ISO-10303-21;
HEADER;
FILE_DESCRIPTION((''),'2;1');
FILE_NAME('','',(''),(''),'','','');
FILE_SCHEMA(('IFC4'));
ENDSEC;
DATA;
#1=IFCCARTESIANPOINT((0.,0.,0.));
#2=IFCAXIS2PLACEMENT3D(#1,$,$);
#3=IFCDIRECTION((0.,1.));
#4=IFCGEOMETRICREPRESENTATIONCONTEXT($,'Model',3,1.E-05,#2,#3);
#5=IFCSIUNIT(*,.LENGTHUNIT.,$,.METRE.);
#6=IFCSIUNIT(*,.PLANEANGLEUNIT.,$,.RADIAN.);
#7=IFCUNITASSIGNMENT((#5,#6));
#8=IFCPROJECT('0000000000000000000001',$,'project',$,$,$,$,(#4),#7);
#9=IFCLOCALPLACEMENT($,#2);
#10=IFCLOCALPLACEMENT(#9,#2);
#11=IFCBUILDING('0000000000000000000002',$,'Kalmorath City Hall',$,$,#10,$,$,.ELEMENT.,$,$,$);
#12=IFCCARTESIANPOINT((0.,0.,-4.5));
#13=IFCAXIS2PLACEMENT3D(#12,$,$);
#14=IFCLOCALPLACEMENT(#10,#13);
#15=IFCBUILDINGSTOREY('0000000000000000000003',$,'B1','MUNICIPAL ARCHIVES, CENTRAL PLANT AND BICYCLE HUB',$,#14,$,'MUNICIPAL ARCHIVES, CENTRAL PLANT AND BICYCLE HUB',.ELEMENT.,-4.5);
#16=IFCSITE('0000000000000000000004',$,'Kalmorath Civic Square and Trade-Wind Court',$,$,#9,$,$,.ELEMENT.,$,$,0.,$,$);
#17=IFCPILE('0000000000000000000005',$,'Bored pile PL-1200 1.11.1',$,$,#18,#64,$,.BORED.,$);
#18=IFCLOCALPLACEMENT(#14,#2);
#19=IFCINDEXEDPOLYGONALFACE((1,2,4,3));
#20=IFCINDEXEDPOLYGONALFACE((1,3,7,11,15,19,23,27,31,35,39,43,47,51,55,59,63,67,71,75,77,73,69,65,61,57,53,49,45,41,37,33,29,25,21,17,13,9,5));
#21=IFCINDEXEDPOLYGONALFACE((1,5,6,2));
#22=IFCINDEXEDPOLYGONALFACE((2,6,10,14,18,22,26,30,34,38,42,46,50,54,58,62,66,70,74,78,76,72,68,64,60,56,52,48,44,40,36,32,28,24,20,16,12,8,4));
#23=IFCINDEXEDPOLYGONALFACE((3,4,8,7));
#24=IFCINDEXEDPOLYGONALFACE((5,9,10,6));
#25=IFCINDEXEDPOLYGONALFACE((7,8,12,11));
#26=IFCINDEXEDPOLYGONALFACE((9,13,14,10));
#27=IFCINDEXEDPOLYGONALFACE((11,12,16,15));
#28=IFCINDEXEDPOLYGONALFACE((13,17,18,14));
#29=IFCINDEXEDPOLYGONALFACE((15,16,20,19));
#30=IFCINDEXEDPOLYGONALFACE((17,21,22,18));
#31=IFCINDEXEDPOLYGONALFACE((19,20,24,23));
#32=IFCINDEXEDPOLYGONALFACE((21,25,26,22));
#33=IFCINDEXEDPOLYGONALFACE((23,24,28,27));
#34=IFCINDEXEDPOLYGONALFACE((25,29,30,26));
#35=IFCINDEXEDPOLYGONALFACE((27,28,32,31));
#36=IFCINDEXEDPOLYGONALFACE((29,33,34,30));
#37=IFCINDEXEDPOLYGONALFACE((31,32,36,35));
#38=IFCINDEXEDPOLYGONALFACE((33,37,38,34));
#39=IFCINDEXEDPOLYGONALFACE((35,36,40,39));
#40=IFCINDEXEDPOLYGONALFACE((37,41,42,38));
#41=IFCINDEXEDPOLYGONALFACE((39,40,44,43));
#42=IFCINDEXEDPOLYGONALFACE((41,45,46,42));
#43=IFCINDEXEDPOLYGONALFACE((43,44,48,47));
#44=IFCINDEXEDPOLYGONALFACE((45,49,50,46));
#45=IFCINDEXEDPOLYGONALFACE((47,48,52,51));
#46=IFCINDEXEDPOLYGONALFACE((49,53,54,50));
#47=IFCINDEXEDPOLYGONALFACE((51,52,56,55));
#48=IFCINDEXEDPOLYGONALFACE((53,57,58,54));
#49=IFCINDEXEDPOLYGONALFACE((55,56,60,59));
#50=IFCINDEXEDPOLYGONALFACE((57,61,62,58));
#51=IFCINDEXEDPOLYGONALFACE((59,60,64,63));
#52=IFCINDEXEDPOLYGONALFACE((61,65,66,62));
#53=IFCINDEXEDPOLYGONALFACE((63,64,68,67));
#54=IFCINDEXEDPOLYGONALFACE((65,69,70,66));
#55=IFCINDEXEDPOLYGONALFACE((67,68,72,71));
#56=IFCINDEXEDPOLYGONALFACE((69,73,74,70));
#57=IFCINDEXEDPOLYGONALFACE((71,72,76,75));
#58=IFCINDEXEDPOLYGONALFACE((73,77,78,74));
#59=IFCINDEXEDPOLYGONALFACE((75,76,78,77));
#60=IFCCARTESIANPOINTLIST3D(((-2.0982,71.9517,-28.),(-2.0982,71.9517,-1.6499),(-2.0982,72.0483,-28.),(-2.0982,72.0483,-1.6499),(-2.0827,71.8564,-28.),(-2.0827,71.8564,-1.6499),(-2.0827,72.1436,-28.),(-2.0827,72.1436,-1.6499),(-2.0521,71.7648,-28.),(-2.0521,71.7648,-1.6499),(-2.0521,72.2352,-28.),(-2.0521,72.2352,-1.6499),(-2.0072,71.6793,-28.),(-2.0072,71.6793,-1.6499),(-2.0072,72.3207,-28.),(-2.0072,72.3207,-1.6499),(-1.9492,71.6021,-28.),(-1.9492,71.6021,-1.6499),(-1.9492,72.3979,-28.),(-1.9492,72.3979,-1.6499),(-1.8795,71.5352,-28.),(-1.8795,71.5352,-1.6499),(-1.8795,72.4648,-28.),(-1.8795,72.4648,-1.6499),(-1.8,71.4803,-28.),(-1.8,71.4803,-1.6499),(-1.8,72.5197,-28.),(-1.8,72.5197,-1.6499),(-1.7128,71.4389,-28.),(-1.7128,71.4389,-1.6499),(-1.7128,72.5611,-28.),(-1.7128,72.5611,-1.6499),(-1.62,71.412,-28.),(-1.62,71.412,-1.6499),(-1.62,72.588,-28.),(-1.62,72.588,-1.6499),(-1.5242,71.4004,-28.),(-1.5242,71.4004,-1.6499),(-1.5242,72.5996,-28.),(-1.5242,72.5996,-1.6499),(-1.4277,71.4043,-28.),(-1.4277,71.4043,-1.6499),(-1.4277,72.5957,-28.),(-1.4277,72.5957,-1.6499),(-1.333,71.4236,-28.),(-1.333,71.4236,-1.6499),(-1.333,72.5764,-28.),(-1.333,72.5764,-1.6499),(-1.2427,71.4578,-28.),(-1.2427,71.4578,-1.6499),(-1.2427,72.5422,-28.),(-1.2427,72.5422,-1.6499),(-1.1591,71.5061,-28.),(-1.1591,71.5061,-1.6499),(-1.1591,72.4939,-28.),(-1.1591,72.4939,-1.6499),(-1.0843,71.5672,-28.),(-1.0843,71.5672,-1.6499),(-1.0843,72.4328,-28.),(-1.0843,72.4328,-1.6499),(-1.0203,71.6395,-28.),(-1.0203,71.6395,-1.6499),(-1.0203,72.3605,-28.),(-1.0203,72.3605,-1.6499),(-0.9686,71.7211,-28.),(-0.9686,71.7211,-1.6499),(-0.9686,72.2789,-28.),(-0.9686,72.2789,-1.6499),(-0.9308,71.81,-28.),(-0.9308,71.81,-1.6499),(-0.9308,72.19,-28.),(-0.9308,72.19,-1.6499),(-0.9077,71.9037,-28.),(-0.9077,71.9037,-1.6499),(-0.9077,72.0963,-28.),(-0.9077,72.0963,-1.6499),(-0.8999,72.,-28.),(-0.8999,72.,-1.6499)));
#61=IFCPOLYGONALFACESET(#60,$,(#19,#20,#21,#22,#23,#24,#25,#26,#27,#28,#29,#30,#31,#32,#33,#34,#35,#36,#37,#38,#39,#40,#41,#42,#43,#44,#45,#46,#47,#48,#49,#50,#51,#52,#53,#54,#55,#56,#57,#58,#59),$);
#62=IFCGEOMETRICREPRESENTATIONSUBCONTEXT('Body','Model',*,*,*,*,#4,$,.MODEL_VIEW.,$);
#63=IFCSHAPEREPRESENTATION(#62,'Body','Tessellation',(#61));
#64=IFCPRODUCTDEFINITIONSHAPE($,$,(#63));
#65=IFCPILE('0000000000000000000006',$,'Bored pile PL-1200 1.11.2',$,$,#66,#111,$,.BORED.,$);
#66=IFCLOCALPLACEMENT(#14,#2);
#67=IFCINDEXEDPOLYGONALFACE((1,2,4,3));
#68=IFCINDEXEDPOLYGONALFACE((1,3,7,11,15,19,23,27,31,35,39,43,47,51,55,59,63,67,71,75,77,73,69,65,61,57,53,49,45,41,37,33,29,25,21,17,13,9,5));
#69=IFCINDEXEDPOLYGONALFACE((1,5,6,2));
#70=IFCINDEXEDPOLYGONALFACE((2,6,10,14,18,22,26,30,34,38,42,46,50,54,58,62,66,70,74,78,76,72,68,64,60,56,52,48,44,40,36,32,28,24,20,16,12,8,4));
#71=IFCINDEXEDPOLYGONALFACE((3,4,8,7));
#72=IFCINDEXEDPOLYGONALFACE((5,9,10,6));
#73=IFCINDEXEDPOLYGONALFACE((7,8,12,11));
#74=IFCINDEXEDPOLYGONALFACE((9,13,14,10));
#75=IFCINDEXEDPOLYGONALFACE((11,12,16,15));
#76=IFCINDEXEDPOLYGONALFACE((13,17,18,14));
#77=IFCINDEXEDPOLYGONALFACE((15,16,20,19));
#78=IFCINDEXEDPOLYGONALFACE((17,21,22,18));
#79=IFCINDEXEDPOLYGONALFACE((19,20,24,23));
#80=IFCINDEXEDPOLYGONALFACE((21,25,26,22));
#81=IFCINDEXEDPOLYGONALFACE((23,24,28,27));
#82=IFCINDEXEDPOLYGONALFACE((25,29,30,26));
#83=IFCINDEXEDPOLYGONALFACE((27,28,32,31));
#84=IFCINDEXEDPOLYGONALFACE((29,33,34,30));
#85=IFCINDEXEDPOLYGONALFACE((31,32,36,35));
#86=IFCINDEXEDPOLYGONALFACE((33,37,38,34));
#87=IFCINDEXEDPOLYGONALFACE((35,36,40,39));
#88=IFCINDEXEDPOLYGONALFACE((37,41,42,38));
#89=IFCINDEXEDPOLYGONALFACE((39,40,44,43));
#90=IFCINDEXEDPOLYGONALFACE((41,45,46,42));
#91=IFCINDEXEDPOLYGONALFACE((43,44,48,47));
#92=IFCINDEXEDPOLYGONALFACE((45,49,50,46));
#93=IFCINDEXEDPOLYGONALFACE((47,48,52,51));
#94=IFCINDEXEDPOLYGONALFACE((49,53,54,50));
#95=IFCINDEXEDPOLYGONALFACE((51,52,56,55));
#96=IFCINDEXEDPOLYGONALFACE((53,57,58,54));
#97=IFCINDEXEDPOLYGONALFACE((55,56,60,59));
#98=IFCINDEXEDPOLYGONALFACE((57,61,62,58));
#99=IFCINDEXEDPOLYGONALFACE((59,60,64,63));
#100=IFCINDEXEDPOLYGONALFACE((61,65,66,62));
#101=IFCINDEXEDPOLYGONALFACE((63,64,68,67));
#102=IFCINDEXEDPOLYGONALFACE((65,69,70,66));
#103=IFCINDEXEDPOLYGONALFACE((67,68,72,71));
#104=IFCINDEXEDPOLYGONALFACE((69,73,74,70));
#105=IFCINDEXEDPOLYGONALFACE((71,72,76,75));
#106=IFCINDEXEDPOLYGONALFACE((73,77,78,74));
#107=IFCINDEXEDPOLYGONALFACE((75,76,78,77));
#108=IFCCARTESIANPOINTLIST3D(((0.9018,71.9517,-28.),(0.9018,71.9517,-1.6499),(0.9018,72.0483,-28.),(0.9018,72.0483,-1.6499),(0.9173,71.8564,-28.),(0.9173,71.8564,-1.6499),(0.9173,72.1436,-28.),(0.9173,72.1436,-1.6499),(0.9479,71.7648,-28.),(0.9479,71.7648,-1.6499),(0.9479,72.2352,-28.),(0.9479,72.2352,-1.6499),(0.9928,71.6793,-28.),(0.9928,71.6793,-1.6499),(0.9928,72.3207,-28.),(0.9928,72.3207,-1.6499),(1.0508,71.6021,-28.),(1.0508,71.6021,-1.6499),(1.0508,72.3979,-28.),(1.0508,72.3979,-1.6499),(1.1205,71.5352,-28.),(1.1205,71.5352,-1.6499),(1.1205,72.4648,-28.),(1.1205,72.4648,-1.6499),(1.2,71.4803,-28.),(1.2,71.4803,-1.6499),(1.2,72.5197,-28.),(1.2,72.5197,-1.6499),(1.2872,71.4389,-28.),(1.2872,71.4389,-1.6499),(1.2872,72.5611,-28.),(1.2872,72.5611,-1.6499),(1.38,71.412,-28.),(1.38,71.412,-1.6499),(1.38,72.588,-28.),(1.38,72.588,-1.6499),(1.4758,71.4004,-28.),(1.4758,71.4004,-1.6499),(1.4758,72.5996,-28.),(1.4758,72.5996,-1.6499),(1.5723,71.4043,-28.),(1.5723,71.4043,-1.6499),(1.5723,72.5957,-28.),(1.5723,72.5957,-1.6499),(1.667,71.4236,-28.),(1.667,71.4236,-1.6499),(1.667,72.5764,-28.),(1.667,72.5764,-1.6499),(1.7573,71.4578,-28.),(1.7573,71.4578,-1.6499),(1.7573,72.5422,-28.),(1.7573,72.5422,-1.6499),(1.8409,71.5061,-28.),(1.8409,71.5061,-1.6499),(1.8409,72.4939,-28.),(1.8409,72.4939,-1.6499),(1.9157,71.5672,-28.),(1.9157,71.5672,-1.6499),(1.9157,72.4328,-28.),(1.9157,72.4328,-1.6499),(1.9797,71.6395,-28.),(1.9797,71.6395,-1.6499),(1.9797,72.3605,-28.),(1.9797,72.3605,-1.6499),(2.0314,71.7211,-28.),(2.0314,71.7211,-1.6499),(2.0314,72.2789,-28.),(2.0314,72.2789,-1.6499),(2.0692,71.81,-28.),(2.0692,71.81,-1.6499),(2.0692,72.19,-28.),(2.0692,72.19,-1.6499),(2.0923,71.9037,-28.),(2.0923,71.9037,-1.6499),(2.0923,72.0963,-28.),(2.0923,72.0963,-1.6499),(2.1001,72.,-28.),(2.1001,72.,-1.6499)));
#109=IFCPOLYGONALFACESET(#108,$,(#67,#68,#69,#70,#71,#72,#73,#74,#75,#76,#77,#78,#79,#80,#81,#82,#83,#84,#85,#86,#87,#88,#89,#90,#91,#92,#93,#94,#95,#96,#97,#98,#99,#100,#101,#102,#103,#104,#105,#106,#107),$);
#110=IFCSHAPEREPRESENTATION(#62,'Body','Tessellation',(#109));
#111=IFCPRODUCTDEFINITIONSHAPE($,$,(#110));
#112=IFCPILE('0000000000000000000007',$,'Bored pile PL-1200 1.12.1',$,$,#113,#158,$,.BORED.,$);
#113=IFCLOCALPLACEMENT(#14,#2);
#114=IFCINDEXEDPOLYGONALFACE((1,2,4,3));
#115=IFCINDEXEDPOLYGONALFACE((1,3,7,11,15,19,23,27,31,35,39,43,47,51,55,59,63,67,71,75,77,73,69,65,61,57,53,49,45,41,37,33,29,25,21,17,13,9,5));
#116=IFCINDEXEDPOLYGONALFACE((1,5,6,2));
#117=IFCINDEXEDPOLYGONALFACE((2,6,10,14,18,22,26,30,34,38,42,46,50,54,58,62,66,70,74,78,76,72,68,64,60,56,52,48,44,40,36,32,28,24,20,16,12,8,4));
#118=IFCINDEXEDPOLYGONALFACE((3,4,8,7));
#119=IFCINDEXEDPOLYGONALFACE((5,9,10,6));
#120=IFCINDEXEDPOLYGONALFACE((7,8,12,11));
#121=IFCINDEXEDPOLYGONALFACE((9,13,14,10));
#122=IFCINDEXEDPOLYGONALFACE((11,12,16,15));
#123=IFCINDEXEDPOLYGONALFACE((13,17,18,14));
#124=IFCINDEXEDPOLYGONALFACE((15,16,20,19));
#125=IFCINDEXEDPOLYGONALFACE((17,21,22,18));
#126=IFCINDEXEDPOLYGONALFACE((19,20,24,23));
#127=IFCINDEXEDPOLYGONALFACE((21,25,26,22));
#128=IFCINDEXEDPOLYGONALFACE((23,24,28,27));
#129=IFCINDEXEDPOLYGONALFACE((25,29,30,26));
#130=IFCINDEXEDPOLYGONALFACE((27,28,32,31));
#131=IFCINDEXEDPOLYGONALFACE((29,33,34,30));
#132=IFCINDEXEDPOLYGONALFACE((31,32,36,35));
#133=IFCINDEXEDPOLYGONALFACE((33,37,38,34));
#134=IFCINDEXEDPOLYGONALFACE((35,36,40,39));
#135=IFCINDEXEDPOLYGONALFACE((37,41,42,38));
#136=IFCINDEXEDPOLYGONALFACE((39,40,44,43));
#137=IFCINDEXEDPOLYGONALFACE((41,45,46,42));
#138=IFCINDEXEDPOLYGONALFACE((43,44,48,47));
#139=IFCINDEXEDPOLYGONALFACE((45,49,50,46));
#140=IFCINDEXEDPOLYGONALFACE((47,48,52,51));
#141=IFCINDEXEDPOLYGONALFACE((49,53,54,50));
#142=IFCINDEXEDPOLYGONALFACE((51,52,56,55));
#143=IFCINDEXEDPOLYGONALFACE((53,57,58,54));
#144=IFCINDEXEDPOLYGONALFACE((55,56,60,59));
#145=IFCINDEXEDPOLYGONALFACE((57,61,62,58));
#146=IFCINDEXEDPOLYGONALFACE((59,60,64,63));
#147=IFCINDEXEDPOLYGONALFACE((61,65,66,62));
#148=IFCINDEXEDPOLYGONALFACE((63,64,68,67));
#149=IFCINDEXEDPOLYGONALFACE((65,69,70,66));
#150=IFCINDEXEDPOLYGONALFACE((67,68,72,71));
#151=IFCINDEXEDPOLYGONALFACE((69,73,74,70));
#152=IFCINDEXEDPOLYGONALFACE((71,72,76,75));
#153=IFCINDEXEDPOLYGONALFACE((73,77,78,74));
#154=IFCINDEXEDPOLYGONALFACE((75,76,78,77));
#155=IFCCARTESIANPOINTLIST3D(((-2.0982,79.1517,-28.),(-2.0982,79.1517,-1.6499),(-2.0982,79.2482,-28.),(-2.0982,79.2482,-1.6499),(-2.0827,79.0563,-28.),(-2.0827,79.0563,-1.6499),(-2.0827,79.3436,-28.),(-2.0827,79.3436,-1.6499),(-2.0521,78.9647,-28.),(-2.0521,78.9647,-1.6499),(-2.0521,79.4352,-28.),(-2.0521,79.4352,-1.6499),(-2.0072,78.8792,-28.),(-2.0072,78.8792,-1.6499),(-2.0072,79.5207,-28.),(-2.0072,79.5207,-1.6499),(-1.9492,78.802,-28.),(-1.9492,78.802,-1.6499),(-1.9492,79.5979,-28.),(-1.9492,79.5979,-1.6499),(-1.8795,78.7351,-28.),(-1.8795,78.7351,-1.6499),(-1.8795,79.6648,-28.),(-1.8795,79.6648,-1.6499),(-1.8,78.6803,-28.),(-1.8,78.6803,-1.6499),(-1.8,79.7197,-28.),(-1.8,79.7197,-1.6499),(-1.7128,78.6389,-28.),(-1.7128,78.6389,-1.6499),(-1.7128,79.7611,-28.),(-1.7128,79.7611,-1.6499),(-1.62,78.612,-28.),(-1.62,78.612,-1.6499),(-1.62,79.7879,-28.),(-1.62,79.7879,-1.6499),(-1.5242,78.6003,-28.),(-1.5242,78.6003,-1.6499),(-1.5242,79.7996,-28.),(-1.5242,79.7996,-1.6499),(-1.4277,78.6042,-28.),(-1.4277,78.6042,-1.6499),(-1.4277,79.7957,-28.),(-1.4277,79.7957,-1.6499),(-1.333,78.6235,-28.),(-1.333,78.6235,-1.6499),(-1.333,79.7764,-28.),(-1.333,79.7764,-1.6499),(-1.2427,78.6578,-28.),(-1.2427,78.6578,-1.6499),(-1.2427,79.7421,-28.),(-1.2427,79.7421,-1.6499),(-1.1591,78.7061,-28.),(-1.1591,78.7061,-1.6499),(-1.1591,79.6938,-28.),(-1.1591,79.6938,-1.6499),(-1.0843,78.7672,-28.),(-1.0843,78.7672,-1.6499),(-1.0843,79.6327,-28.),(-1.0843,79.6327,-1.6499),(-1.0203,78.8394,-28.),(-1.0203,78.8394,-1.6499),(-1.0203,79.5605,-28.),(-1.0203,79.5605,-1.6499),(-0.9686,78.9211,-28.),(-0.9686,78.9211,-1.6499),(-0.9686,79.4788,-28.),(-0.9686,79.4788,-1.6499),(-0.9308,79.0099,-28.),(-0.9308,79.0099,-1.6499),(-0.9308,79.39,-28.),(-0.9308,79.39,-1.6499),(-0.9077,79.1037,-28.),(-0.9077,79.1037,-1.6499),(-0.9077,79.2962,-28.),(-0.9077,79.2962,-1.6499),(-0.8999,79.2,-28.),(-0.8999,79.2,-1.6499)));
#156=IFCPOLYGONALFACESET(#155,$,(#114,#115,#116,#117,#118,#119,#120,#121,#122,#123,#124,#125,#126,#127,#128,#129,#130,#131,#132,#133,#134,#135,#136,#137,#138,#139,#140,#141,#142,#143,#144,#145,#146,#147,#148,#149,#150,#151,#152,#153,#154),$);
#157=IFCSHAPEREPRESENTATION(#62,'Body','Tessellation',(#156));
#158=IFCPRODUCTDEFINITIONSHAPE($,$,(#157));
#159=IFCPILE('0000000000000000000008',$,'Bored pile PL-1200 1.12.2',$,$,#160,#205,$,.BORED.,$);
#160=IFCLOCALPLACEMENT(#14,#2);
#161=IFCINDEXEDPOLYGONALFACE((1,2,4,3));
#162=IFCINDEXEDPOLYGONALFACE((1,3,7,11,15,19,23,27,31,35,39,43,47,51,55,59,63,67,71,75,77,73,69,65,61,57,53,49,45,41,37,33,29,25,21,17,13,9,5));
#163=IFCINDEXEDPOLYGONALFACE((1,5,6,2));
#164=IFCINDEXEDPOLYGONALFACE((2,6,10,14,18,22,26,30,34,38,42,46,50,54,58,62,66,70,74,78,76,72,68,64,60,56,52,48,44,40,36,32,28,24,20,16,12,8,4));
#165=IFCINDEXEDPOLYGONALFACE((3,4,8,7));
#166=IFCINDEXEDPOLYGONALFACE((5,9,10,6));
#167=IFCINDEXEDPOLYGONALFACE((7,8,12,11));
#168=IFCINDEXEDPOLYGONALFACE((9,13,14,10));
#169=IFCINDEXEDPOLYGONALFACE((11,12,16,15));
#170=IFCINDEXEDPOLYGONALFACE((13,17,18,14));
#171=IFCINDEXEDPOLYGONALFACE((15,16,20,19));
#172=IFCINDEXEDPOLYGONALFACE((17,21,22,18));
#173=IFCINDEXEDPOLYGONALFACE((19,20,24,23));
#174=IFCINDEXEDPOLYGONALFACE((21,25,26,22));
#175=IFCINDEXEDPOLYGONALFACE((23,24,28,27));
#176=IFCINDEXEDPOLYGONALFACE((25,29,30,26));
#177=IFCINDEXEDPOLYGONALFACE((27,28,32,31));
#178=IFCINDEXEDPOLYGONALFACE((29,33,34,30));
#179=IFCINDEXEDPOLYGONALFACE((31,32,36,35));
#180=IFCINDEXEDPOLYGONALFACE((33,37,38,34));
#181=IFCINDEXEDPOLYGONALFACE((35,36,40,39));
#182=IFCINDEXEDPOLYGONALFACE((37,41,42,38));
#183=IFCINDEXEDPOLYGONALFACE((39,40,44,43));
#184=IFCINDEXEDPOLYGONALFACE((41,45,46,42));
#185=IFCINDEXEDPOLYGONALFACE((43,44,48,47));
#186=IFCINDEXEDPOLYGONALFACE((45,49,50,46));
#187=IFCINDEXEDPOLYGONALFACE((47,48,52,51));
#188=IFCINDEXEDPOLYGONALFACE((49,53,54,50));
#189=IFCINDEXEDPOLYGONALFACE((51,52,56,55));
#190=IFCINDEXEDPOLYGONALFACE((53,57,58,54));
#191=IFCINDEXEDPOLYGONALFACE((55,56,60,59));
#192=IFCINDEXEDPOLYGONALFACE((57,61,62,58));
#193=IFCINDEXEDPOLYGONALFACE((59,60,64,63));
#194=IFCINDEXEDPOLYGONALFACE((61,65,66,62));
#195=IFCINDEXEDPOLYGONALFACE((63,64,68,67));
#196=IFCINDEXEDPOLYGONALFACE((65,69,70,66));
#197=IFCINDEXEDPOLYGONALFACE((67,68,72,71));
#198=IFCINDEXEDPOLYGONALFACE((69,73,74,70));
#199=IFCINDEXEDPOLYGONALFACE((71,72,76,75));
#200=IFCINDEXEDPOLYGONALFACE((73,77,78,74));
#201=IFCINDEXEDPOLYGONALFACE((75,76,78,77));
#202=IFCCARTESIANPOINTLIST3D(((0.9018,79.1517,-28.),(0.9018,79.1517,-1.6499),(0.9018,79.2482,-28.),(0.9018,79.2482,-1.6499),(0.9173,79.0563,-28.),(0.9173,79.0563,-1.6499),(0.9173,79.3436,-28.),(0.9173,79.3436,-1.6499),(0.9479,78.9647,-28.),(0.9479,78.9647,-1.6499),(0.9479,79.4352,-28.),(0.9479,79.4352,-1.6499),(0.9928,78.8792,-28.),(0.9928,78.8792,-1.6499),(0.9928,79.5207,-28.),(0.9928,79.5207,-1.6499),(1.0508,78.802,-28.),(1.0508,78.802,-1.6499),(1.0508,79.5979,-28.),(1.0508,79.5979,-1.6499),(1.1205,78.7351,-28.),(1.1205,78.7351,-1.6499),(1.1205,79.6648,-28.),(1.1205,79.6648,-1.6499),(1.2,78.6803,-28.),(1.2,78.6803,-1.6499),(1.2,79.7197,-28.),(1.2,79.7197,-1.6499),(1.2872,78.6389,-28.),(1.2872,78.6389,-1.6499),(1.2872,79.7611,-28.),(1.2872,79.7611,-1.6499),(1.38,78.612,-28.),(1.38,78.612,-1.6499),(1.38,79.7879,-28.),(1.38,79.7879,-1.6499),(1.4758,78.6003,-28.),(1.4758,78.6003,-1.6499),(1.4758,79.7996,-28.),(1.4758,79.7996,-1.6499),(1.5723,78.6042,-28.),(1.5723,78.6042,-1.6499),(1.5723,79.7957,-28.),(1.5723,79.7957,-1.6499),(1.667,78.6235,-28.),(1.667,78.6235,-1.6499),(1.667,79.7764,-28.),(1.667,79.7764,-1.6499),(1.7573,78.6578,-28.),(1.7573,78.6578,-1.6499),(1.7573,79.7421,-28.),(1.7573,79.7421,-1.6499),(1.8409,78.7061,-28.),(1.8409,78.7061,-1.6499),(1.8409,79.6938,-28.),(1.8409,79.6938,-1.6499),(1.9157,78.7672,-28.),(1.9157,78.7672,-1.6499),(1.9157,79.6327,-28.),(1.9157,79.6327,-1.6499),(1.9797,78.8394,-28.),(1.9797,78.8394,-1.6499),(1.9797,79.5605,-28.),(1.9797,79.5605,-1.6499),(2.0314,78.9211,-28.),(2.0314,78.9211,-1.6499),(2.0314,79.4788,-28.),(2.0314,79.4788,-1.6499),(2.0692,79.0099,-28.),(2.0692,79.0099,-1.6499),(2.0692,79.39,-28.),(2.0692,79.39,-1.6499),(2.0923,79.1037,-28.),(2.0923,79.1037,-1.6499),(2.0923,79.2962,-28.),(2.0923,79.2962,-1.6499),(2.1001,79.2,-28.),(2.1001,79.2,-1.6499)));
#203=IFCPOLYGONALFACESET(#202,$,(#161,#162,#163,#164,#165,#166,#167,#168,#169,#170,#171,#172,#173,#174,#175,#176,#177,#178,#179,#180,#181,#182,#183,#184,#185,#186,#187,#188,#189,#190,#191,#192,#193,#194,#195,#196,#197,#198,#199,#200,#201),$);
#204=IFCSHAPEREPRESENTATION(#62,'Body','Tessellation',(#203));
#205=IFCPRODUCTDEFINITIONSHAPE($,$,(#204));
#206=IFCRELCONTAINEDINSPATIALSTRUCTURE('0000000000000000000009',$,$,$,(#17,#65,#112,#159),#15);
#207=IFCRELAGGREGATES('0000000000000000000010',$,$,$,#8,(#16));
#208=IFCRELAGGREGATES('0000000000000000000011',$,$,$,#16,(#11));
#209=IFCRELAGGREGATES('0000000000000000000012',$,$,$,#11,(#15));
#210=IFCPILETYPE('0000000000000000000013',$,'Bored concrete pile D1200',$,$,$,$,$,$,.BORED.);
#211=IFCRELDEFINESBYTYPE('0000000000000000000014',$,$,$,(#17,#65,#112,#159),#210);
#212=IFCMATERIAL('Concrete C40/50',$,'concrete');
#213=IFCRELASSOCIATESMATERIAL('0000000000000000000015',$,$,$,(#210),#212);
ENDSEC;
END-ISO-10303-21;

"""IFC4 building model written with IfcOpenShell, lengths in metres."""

from ifc_helpers import new_model, si_unit, direction, frame, origin, origin_2d, place, context, subcontext, project, spatial, circle, extrude, material, material_profile, profile_set, type_object, element, save


model = new_model("IFC4")

# Units and contexts
model_context = context("Model", 3, precision=1e-05, world=origin(), true_north=direction((0.0, 1.0)))
body_context = subcontext(model_context, "Body", "Model", "MODEL_VIEW")
ifc_project = project(units=[si_unit("LENGTHUNIT", "METRE"), si_unit("PLANEANGLEUNIT", "RADIAN")], contexts=[model_context])

# Site, building, storey
site_placement = place(None, origin())
site = spatial("IfcSite", under=ifc_project, at=site_placement, Name="Kalmorath Civic Square and Trade-Wind Court", CompositionType="ELEMENT", RefElevation=0.0)
building_placement = place(site_placement, origin())
building = spatial("IfcBuilding", under=site, at=building_placement, Name="Kalmorath City Hall", CompositionType="ELEMENT")
storey_placement = place(building_placement, frame((0.0, 0.0, -4.5)))
storey = spatial("IfcBuildingStorey", under=building, at=storey_placement, Name="B1", Description="MUNICIPAL ARCHIVES, CENTRAL PLANT AND BICYCLE HUB", LongName="MUNICIPAL ARCHIVES, CENTRAL PLANT AND BICYCLE HUB", CompositionType="ELEMENT", Elevation=-4.5)

# Piles
ifc_material_1 = material(Name="Concrete C40/50", Category="concrete")
ifc_material_profile_1 = material_profile(ifc_material_1, circle(Radius=0.6001, at=origin_2d()), Name="PILE-D1200")
ifc_profile_set_1 = profile_set([ifc_material_profile_1], Name="Concrete C40/50")
pile_type_1 = type_object("IfcPileType", Name="Bored concrete pile D1200", PredefinedType="BORED", material=ifc_profile_set_1)
for number, where, z_axis, x_axis, name in (
    (1, (-1.5, 72.0, -1.6499), (0.0, 0.0, -1.0), (1.0, 0.0, 0.0), "Bored pile PL-1200 1.11.1"),
    (2, (1.5, 72.0, -1.6499), (0.0, 0.0, -1.0), (1.0, 0.0, 0.0), "Bored pile PL-1200 1.11.2"),
    (3, (-1.5, 79.2, -1.6499), (0.0, 0.0, -1.0), (1.0, 0.0, 0.0), "Bored pile PL-1200 1.12.1"),
    (4, (1.5, 79.2, -1.6499), (0.0, 0.0, -1.0), (1.0, 0.0, 0.0), "Bored pile PL-1200 1.12.2"),
):
    element("IfcPile", number, at=place(storey_placement, frame(where, z_axis=z_axis, x_axis=x_axis)), inside=storey, type_object=pile_type_1, Name=name, PredefinedType="BORED", context=body_context, shape_type="SweptSolid", body=[
        extrude(circle(Radius=0.6001, at=origin_2d()), origin(), (0.0, 0.0, 1.0), 26.3501),
    ])

save(model, "model.ifc")
